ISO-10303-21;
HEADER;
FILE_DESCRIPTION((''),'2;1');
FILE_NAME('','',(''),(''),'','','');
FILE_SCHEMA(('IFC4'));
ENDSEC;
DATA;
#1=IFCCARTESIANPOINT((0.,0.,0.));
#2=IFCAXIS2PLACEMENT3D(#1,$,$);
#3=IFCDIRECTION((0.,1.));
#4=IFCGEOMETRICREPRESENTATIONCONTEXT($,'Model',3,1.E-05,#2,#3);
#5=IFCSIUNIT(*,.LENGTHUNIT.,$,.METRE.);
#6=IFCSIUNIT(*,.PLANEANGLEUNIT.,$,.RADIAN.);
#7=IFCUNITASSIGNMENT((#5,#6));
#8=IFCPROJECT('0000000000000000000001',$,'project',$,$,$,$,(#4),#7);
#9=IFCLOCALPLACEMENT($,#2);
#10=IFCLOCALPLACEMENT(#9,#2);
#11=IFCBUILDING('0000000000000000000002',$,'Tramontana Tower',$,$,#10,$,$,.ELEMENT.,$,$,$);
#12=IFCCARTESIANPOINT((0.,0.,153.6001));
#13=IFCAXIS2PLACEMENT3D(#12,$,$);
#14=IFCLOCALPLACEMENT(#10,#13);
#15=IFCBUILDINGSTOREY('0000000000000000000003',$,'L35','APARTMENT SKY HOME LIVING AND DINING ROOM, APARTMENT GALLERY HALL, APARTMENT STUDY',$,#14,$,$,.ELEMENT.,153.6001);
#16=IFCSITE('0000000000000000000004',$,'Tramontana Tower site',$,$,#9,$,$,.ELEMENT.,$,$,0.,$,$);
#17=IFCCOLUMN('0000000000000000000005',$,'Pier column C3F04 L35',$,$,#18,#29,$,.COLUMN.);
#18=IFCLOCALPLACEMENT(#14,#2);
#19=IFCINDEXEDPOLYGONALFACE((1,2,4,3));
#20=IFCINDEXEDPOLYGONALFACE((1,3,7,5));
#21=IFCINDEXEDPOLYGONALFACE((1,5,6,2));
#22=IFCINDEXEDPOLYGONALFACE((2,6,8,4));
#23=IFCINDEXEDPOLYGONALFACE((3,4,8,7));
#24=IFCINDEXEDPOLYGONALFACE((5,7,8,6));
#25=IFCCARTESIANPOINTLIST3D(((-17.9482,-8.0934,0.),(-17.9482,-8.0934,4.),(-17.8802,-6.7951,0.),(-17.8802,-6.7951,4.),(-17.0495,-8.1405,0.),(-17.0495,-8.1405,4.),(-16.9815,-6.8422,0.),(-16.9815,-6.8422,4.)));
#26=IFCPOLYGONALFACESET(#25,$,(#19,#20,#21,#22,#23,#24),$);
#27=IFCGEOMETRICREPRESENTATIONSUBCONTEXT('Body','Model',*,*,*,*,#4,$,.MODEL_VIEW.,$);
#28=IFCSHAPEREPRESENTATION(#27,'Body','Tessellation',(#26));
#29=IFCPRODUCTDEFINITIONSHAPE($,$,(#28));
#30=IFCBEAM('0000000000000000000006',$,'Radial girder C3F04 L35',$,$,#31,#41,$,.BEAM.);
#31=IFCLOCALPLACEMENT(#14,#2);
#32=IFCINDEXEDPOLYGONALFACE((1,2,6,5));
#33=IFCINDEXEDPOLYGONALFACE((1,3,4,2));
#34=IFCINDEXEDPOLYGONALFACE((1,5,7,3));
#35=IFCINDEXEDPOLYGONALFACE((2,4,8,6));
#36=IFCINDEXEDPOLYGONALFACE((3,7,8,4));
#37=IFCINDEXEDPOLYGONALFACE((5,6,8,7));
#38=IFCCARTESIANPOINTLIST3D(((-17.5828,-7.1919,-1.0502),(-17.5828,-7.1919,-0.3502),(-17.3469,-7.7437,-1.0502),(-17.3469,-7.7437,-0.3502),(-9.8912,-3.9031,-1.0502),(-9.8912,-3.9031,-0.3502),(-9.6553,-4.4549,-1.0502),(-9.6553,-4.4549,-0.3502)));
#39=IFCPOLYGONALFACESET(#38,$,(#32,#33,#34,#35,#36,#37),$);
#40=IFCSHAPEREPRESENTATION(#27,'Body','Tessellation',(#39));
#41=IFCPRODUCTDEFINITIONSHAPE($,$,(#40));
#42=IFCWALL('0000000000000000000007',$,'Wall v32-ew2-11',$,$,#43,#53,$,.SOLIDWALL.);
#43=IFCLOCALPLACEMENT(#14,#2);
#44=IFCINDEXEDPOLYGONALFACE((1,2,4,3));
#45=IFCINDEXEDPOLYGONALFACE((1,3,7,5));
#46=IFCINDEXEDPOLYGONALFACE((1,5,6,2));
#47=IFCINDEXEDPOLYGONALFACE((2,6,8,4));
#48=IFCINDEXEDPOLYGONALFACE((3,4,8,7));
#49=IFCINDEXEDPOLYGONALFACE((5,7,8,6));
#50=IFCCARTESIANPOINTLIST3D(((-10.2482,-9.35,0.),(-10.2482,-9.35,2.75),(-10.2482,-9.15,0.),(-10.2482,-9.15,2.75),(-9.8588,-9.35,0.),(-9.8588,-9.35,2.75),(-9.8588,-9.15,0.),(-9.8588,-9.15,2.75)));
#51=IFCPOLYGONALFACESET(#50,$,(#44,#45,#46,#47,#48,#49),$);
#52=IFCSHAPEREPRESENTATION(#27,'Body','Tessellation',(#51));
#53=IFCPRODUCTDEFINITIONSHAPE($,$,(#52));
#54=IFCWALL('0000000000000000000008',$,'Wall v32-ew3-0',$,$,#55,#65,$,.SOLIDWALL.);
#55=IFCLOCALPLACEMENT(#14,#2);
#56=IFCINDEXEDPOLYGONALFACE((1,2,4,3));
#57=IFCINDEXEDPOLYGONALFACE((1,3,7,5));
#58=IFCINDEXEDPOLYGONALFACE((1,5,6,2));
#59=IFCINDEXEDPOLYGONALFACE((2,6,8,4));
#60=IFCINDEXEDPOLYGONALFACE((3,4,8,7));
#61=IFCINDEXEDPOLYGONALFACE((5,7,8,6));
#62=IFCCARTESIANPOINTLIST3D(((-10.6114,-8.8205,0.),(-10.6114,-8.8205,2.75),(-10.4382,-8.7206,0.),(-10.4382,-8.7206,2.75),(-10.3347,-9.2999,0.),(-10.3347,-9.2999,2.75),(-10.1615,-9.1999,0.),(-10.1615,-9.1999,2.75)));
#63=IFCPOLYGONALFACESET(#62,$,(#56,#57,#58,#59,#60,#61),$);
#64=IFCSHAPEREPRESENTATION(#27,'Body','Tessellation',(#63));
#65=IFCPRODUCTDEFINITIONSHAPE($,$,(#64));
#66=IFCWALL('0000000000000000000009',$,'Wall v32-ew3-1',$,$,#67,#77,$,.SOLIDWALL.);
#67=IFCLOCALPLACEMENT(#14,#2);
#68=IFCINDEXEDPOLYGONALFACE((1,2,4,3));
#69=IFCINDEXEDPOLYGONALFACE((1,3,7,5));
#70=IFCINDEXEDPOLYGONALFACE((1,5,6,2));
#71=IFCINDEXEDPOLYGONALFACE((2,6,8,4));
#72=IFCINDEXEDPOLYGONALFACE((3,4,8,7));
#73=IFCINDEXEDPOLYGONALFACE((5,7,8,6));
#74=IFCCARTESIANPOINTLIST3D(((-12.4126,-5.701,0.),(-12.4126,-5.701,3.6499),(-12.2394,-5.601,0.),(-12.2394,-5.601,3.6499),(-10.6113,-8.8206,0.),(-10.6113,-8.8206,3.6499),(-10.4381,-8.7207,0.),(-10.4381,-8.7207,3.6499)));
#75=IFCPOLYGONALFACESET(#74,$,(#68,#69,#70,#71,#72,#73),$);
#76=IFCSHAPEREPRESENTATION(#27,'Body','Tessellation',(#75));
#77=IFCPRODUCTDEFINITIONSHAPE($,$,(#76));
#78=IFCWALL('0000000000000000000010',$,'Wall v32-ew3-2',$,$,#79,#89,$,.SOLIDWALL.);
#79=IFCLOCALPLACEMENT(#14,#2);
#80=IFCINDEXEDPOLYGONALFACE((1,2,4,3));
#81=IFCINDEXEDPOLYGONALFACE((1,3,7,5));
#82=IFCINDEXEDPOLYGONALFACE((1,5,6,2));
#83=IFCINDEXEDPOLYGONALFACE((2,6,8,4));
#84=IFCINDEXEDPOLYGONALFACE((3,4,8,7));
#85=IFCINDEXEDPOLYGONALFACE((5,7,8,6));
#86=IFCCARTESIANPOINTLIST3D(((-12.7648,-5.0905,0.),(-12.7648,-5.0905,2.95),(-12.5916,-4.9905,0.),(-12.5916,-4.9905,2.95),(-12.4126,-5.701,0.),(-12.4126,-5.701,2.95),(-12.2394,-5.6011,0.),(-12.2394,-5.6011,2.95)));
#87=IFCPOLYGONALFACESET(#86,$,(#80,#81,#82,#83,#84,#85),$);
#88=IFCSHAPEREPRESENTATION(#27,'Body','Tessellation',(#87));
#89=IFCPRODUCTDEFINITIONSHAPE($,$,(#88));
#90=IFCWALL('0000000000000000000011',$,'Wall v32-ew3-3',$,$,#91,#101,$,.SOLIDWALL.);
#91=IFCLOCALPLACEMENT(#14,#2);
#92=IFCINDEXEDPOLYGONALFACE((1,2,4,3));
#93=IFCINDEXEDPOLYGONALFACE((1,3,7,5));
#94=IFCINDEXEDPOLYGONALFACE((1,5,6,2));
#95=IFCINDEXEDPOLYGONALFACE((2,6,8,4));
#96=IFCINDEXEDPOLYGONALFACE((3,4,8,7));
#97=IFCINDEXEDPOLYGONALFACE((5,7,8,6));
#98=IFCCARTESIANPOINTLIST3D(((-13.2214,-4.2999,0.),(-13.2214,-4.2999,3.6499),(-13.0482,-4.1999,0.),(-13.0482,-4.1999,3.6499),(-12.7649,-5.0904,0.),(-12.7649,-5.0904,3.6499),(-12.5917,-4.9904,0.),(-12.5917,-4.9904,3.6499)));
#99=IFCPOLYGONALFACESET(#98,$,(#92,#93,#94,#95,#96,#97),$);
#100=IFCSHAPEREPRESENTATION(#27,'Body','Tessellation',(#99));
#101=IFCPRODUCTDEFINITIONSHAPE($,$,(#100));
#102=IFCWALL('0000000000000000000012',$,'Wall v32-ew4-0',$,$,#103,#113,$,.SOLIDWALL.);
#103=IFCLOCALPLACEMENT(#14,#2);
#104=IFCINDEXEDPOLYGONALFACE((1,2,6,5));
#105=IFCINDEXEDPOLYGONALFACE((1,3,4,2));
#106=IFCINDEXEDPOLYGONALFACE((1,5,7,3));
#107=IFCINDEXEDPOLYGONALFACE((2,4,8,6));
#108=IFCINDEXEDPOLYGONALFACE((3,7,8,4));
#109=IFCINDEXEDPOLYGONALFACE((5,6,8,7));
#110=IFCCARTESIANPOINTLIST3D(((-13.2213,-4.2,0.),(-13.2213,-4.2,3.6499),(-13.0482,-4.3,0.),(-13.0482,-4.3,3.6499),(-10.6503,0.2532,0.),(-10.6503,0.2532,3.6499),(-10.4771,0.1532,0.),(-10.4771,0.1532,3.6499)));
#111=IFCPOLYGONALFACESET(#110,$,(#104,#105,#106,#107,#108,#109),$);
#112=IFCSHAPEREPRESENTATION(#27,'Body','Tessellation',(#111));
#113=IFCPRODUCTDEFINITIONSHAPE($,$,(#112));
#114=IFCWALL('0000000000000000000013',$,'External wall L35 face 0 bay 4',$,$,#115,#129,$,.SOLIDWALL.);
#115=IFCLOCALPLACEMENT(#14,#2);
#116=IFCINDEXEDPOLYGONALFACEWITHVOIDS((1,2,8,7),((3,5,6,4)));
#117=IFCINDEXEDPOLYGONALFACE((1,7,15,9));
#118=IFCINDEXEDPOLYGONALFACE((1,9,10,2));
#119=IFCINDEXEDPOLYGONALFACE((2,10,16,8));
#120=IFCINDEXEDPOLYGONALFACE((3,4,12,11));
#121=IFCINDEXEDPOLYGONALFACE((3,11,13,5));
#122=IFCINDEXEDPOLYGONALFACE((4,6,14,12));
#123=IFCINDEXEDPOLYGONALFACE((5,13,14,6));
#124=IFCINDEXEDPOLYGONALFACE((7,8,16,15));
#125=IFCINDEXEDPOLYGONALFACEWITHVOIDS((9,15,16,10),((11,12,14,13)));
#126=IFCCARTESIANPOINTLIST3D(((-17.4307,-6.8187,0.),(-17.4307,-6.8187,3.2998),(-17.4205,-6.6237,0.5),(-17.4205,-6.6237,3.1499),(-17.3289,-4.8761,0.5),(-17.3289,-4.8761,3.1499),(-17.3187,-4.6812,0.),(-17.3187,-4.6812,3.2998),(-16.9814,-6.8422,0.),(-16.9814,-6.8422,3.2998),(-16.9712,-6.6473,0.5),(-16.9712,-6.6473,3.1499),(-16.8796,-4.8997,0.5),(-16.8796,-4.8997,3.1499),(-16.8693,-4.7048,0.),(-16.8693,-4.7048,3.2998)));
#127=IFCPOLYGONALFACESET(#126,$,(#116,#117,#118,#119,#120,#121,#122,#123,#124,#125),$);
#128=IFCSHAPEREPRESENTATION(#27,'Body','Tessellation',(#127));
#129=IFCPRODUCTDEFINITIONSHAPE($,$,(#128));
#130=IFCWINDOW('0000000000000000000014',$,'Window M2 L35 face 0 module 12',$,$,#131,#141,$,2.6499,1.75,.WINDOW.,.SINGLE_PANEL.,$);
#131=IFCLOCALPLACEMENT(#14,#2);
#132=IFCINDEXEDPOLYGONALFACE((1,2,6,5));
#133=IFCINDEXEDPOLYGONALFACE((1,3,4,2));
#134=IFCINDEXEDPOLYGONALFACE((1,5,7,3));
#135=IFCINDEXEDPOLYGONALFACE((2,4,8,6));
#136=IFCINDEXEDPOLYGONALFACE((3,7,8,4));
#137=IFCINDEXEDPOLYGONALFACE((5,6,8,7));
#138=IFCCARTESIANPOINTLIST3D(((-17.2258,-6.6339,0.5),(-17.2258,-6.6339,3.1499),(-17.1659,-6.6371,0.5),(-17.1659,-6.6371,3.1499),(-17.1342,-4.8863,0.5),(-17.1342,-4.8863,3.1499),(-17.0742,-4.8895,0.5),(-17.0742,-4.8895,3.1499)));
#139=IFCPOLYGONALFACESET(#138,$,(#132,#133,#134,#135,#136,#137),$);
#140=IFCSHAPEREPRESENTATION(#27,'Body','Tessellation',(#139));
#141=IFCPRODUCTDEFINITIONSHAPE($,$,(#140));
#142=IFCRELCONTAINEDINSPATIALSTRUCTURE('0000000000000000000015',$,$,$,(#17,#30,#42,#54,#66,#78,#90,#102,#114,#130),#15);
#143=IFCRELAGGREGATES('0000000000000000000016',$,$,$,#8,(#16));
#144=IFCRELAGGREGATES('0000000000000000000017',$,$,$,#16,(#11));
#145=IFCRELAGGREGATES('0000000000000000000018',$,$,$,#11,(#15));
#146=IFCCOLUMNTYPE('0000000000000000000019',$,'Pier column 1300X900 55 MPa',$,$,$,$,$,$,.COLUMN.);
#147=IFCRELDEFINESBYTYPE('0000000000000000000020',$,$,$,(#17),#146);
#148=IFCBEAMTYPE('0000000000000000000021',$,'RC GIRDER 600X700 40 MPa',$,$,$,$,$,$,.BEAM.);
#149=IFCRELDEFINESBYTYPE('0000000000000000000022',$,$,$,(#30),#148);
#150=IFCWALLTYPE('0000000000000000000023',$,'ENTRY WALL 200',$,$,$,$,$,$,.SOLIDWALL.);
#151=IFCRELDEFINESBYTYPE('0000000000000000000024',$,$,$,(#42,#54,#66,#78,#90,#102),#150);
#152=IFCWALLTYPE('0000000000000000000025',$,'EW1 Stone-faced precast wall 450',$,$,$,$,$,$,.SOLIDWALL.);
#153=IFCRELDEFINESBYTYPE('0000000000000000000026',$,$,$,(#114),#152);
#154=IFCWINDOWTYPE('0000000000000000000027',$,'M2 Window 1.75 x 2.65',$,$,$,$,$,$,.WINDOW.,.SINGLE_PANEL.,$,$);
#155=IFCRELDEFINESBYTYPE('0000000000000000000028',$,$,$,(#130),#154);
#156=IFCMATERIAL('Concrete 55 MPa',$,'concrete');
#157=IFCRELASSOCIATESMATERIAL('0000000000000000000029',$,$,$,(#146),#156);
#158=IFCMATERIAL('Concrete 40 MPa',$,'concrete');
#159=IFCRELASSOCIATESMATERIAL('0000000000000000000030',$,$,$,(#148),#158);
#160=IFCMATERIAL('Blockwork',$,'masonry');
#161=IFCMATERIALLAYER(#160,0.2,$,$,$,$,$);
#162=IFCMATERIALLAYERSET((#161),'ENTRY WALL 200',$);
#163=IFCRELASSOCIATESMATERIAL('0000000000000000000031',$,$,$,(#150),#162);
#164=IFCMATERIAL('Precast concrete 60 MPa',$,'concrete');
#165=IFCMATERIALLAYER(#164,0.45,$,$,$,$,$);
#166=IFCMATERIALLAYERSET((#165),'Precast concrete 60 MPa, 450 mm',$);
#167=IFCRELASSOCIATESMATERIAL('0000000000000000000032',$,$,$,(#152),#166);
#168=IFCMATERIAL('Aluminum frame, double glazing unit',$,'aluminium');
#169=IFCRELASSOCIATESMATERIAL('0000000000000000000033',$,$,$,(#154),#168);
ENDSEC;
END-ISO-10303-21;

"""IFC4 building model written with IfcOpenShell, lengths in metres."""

from ifc_helpers import new_model, si_unit, direction, frame, frame_2d, origin, origin_2d, place, context, subcontext, project, spatial, rectangle, extrude, material, layer, layer_set, material_profile, profile_set, type_object, element, fill, save


model = new_model("IFC4")

# Units and contexts
model_context = context("Model", 3, precision=1e-05, world=origin(), true_north=direction((0.0, 1.0)))
body_context = subcontext(model_context, "Body", "Model", "MODEL_VIEW")
ifc_project = project(units=[si_unit("LENGTHUNIT", "METRE"), si_unit("PLANEANGLEUNIT", "RADIAN")], contexts=[model_context])

# Site, building, storey
site_placement = place(None, origin())
site = spatial("IfcSite", under=ifc_project, at=site_placement, Name="Tramontana Tower site", CompositionType="ELEMENT", RefElevation=0.0)
building_placement = place(site_placement, origin())
building = spatial("IfcBuilding", under=site, at=building_placement, Name="Tramontana Tower", CompositionType="ELEMENT")
storey_placement = place(building_placement, frame((0.0, 0.0, 153.6001)))
storey = spatial("IfcBuildingStorey", under=building, at=storey_placement, Name="L35", Description="APARTMENT SKY HOME LIVING AND DINING ROOM, APARTMENT GALLERY HALL, APARTMENT STUDY", CompositionType="ELEMENT", Elevation=153.6001)

# Column
ifc_material_1 = material(Name="Concrete 55 MPa", Category="concrete")
ifc_material_profile_1 = material_profile(ifc_material_1, rectangle(XDim=1.3, YDim=0.8999, at=origin_2d()), Name="Pier column 1300X900 55 MPa")
ifc_profile_set_1 = profile_set([ifc_material_profile_1], Name="Concrete 55 MPa")
column_type = type_object("IfcColumnType", Name="Pier column 1300X900 55 MPa", PredefinedType="COLUMN", material=ifc_profile_set_1)
column_placement = place(storey_placement, frame((-17.4648, -7.4678, 0.0), z_axis=(0.0, 0.0, 1.0), x_axis=(-0.052336, -0.99863, 0.0)))
element("IfcColumn", 1, at=column_placement, inside=storey, type_object=column_type, Name="Pier column C3F04 L35", PredefinedType="COLUMN", context=body_context, shape_type="SweptSolid", body=[
    extrude(rectangle(XDim=1.3, YDim=0.8999, at=origin_2d()), origin(), (0.0, 0.0, 1.0), 4.0),
])

# Beam
ifc_material_2 = material(Name="Concrete 40 MPa", Category="concrete")
ifc_material_profile_2 = material_profile(ifc_material_2, rectangle(XDim=0.6001, YDim=0.7, at=origin_2d()), Name="RC GIRDER 600X700 40 MPa")
ifc_profile_set_2 = profile_set([ifc_material_profile_2], Name="Concrete 40 MPa")
beam_type = type_object("IfcBeamType", Name="RC GIRDER 600X700 40 MPa", PredefinedType="BEAM", material=ifc_profile_set_2)
beam_placement = place(storey_placement, frame((-17.4648, -7.4678, -0.7002), z_axis=(0.919474, 0.393151, 0.0), x_axis=(-0.393151, 0.919474, 0.0)))
element("IfcBeam", 2, at=beam_placement, inside=storey, type_object=beam_type, Name="Radial girder C3F04 L35", PredefinedType="BEAM", context=body_context, shape_type="SweptSolid", body=[
    extrude(rectangle(XDim=0.6001, YDim=0.7, at=origin_2d()), origin(), (0.0, 0.0, 1.0), 8.3652),
])

# Walls
ifc_material_3 = material(Name="Blockwork", Category="masonry")
ifc_layer_1 = layer(ifc_material_3, 0.2)
ifc_layer_set_1 = layer_set([ifc_layer_1], Name="ENTRY WALL 200")
wall_type_1 = type_object("IfcWallType", Name="ENTRY WALL 200", PredefinedType="SOLIDWALL", material=ifc_layer_set_1)
wall_1_placement = place(storey_placement, frame((-9.8586, -9.25, 0.0), z_axis=(0.0, 0.0, 1.0), x_axis=(-1.0, 0.0, 0.0)))
element("IfcWall", 3, at=wall_1_placement, inside=storey, type_object=wall_type_1, Name="Wall v32-ew2-11", PredefinedType="SOLIDWALL", context=body_context, shape_type="SweptSolid", body=[
    extrude(rectangle(XDim=0.3894, YDim=0.2, at=frame_2d((0.1948, 0.0))), origin(), (0.0, 0.0, 1.0), 2.75),
])
wall_2_placement = place(storey_placement, frame((-10.248, -9.25, 0.0), z_axis=(0.0, 0.0, 1.0), x_axis=(-0.499888, 0.86609, 0.0)))
element("IfcWall", 4, at=wall_2_placement, inside=storey, type_object=wall_type_1, Name="Wall v32-ew3-0", PredefinedType="SOLIDWALL", context=body_context, shape_type="SweptSolid", body=[
    extrude(rectangle(XDim=0.5535, YDim=0.2, at=frame_2d((0.2769, 0.0))), origin(), (0.0, 0.0, 1.0), 2.75),
])
wall_3_placement = place(storey_placement, frame((-10.5247, -8.7708, 0.0), z_axis=(0.0, 0.0, 1.0), x_axis=(-0.500031, 0.866007, 0.0)))
element("IfcWall", 5, at=wall_3_placement, inside=storey, type_object=wall_type_1, Name="Wall v32-ew3-1", PredefinedType="SOLIDWALL", context=body_context, shape_type="SweptSolid", body=[
    extrude(rectangle(XDim=3.6023, YDim=0.2, at=frame_2d((1.8013, 0.0))), origin(), (0.0, 0.0, 1.0), 3.6499),
])
wall_4_placement = place(storey_placement, frame((-12.3259, -5.6511, 0.0), z_axis=(0.0, 0.0, 1.0), x_axis=(-0.499752, 0.866168, 0.0)))
element("IfcWall", 6, at=wall_4_placement, inside=storey, type_object=wall_type_1, Name="Wall v32-ew3-2", PredefinedType="SOLIDWALL", context=body_context, shape_type="SweptSolid", body=[
    extrude(rectangle(XDim=0.7048, YDim=0.2, at=frame_2d((0.3525, 0.0))), origin(), (0.0, 0.0, 1.0), 2.95),
])
wall_5_placement = place(storey_placement, frame((-12.6782, -5.0405, 0.0), z_axis=(0.0, 0.0, 1.0), x_axis=(-0.500108, 0.865963, 0.0)))
element("IfcWall", 7, at=wall_5_placement, inside=storey, type_object=wall_type_1, Name="Wall v32-ew3-3", PredefinedType="SOLIDWALL", context=body_context, shape_type="SweptSolid", body=[
    extrude(rectangle(XDim=0.9128, YDim=0.2, at=frame_2d((0.4565, 0.0))), origin(), (0.0, 0.0, 1.0), 3.6499),
])
wall_6_placement = place(storey_placement, frame((-13.1348, -4.25, 0.0), z_axis=(0.0, 0.0, 1.0), x_axis=(0.500005, 0.866023, 0.0)))
element("IfcWall", 8, at=wall_6_placement, inside=storey, type_object=wall_type_1, Name="Wall v32-ew4-0", PredefinedType="SOLIDWALL", context=body_context, shape_type="SweptSolid", body=[
    extrude(rectangle(XDim=5.1421, YDim=0.2, at=frame_2d((2.571, 0.0))), origin(), (0.0, 0.0, 1.0), 3.6499),
])

# Wall, opening, window
ifc_material_4 = material(Name="Precast concrete 60 MPa", Category="concrete")
ifc_layer_2 = layer(ifc_material_4, 0.45)
ifc_layer_set_2 = layer_set([ifc_layer_2], Name="Precast concrete 60 MPa, 450 mm")
wall_type_2 = type_object("IfcWallType", Name="EW1 Stone-faced precast wall 450", PredefinedType="SOLIDWALL", material=ifc_layer_set_2)
wall_7_placement = place(storey_placement, frame((-17.094, -4.6929, 0.0), z_axis=(0.0, 0.0, 1.0), x_axis=(-0.052355, -0.998629, 0.0)))
wall_7 = element("IfcWall", 9, at=wall_7_placement, inside=storey, type_object=wall_type_2, Name="External wall L35 face 0 bay 4", PredefinedType="SOLIDWALL", context=body_context, shape_type="SweptSolid", body=[
    extrude(rectangle(XDim=2.1404, YDim=0.45, at=frame_2d((1.0703, 0.0))), origin(), (0.0, 0.0, 1.0), 3.2998),
])
opening_1_placement = place(wall_7_placement, frame((0.1953, 0.0, 0.5)))
opening_1 = element("IfcOpeningElement", 10, at=opening_1_placement, cuts=wall_7, PredefinedType="OPENING", context=body_context, shape_type="SweptSolid", body=[
    extrude(rectangle(XDim=1.75, YDim=2.6499, at=frame_2d((0.875, 1.325))), frame((0.0, 0.2349, 0.0), z_axis=(0.0, -1.0, 0.0), x_axis=(1.0, 0.0, 0.0)), (0.0, 0.0, 1.0), 0.47),
])
ifc_material_5 = material(Name="Aluminum frame, double glazing unit", Category="aluminium")
window_type_1 = type_object("IfcWindowType", Name="M2 Window 1.75 x 2.65", PartitioningType="SINGLE_PANEL", PredefinedType="WINDOW", material=ifc_material_5)
window_1_placement = place(opening_1_placement, origin())
window_1 = element("IfcWindow", 11, at=window_1_placement, inside=storey, type_object=window_type_1, Name="Window M2 L35 face 0 module 12", OverallHeight=2.6499, OverallWidth=1.75, PartitioningType="SINGLE_PANEL", PredefinedType="WINDOW", context=body_context, shape_type="SweptSolid", body=[
    extrude(rectangle(XDim=1.75, YDim=2.6499, at=frame_2d((0.875, 1.325))), frame((0.0, 0.03, 0.0), z_axis=(0.0, -1.0, 0.0), x_axis=(1.0, 0.0, 0.0)), (0.0, 0.0, 1.0), 0.0601),
])
fill(opening_1, window_1)

save(model, "model.ifc")
